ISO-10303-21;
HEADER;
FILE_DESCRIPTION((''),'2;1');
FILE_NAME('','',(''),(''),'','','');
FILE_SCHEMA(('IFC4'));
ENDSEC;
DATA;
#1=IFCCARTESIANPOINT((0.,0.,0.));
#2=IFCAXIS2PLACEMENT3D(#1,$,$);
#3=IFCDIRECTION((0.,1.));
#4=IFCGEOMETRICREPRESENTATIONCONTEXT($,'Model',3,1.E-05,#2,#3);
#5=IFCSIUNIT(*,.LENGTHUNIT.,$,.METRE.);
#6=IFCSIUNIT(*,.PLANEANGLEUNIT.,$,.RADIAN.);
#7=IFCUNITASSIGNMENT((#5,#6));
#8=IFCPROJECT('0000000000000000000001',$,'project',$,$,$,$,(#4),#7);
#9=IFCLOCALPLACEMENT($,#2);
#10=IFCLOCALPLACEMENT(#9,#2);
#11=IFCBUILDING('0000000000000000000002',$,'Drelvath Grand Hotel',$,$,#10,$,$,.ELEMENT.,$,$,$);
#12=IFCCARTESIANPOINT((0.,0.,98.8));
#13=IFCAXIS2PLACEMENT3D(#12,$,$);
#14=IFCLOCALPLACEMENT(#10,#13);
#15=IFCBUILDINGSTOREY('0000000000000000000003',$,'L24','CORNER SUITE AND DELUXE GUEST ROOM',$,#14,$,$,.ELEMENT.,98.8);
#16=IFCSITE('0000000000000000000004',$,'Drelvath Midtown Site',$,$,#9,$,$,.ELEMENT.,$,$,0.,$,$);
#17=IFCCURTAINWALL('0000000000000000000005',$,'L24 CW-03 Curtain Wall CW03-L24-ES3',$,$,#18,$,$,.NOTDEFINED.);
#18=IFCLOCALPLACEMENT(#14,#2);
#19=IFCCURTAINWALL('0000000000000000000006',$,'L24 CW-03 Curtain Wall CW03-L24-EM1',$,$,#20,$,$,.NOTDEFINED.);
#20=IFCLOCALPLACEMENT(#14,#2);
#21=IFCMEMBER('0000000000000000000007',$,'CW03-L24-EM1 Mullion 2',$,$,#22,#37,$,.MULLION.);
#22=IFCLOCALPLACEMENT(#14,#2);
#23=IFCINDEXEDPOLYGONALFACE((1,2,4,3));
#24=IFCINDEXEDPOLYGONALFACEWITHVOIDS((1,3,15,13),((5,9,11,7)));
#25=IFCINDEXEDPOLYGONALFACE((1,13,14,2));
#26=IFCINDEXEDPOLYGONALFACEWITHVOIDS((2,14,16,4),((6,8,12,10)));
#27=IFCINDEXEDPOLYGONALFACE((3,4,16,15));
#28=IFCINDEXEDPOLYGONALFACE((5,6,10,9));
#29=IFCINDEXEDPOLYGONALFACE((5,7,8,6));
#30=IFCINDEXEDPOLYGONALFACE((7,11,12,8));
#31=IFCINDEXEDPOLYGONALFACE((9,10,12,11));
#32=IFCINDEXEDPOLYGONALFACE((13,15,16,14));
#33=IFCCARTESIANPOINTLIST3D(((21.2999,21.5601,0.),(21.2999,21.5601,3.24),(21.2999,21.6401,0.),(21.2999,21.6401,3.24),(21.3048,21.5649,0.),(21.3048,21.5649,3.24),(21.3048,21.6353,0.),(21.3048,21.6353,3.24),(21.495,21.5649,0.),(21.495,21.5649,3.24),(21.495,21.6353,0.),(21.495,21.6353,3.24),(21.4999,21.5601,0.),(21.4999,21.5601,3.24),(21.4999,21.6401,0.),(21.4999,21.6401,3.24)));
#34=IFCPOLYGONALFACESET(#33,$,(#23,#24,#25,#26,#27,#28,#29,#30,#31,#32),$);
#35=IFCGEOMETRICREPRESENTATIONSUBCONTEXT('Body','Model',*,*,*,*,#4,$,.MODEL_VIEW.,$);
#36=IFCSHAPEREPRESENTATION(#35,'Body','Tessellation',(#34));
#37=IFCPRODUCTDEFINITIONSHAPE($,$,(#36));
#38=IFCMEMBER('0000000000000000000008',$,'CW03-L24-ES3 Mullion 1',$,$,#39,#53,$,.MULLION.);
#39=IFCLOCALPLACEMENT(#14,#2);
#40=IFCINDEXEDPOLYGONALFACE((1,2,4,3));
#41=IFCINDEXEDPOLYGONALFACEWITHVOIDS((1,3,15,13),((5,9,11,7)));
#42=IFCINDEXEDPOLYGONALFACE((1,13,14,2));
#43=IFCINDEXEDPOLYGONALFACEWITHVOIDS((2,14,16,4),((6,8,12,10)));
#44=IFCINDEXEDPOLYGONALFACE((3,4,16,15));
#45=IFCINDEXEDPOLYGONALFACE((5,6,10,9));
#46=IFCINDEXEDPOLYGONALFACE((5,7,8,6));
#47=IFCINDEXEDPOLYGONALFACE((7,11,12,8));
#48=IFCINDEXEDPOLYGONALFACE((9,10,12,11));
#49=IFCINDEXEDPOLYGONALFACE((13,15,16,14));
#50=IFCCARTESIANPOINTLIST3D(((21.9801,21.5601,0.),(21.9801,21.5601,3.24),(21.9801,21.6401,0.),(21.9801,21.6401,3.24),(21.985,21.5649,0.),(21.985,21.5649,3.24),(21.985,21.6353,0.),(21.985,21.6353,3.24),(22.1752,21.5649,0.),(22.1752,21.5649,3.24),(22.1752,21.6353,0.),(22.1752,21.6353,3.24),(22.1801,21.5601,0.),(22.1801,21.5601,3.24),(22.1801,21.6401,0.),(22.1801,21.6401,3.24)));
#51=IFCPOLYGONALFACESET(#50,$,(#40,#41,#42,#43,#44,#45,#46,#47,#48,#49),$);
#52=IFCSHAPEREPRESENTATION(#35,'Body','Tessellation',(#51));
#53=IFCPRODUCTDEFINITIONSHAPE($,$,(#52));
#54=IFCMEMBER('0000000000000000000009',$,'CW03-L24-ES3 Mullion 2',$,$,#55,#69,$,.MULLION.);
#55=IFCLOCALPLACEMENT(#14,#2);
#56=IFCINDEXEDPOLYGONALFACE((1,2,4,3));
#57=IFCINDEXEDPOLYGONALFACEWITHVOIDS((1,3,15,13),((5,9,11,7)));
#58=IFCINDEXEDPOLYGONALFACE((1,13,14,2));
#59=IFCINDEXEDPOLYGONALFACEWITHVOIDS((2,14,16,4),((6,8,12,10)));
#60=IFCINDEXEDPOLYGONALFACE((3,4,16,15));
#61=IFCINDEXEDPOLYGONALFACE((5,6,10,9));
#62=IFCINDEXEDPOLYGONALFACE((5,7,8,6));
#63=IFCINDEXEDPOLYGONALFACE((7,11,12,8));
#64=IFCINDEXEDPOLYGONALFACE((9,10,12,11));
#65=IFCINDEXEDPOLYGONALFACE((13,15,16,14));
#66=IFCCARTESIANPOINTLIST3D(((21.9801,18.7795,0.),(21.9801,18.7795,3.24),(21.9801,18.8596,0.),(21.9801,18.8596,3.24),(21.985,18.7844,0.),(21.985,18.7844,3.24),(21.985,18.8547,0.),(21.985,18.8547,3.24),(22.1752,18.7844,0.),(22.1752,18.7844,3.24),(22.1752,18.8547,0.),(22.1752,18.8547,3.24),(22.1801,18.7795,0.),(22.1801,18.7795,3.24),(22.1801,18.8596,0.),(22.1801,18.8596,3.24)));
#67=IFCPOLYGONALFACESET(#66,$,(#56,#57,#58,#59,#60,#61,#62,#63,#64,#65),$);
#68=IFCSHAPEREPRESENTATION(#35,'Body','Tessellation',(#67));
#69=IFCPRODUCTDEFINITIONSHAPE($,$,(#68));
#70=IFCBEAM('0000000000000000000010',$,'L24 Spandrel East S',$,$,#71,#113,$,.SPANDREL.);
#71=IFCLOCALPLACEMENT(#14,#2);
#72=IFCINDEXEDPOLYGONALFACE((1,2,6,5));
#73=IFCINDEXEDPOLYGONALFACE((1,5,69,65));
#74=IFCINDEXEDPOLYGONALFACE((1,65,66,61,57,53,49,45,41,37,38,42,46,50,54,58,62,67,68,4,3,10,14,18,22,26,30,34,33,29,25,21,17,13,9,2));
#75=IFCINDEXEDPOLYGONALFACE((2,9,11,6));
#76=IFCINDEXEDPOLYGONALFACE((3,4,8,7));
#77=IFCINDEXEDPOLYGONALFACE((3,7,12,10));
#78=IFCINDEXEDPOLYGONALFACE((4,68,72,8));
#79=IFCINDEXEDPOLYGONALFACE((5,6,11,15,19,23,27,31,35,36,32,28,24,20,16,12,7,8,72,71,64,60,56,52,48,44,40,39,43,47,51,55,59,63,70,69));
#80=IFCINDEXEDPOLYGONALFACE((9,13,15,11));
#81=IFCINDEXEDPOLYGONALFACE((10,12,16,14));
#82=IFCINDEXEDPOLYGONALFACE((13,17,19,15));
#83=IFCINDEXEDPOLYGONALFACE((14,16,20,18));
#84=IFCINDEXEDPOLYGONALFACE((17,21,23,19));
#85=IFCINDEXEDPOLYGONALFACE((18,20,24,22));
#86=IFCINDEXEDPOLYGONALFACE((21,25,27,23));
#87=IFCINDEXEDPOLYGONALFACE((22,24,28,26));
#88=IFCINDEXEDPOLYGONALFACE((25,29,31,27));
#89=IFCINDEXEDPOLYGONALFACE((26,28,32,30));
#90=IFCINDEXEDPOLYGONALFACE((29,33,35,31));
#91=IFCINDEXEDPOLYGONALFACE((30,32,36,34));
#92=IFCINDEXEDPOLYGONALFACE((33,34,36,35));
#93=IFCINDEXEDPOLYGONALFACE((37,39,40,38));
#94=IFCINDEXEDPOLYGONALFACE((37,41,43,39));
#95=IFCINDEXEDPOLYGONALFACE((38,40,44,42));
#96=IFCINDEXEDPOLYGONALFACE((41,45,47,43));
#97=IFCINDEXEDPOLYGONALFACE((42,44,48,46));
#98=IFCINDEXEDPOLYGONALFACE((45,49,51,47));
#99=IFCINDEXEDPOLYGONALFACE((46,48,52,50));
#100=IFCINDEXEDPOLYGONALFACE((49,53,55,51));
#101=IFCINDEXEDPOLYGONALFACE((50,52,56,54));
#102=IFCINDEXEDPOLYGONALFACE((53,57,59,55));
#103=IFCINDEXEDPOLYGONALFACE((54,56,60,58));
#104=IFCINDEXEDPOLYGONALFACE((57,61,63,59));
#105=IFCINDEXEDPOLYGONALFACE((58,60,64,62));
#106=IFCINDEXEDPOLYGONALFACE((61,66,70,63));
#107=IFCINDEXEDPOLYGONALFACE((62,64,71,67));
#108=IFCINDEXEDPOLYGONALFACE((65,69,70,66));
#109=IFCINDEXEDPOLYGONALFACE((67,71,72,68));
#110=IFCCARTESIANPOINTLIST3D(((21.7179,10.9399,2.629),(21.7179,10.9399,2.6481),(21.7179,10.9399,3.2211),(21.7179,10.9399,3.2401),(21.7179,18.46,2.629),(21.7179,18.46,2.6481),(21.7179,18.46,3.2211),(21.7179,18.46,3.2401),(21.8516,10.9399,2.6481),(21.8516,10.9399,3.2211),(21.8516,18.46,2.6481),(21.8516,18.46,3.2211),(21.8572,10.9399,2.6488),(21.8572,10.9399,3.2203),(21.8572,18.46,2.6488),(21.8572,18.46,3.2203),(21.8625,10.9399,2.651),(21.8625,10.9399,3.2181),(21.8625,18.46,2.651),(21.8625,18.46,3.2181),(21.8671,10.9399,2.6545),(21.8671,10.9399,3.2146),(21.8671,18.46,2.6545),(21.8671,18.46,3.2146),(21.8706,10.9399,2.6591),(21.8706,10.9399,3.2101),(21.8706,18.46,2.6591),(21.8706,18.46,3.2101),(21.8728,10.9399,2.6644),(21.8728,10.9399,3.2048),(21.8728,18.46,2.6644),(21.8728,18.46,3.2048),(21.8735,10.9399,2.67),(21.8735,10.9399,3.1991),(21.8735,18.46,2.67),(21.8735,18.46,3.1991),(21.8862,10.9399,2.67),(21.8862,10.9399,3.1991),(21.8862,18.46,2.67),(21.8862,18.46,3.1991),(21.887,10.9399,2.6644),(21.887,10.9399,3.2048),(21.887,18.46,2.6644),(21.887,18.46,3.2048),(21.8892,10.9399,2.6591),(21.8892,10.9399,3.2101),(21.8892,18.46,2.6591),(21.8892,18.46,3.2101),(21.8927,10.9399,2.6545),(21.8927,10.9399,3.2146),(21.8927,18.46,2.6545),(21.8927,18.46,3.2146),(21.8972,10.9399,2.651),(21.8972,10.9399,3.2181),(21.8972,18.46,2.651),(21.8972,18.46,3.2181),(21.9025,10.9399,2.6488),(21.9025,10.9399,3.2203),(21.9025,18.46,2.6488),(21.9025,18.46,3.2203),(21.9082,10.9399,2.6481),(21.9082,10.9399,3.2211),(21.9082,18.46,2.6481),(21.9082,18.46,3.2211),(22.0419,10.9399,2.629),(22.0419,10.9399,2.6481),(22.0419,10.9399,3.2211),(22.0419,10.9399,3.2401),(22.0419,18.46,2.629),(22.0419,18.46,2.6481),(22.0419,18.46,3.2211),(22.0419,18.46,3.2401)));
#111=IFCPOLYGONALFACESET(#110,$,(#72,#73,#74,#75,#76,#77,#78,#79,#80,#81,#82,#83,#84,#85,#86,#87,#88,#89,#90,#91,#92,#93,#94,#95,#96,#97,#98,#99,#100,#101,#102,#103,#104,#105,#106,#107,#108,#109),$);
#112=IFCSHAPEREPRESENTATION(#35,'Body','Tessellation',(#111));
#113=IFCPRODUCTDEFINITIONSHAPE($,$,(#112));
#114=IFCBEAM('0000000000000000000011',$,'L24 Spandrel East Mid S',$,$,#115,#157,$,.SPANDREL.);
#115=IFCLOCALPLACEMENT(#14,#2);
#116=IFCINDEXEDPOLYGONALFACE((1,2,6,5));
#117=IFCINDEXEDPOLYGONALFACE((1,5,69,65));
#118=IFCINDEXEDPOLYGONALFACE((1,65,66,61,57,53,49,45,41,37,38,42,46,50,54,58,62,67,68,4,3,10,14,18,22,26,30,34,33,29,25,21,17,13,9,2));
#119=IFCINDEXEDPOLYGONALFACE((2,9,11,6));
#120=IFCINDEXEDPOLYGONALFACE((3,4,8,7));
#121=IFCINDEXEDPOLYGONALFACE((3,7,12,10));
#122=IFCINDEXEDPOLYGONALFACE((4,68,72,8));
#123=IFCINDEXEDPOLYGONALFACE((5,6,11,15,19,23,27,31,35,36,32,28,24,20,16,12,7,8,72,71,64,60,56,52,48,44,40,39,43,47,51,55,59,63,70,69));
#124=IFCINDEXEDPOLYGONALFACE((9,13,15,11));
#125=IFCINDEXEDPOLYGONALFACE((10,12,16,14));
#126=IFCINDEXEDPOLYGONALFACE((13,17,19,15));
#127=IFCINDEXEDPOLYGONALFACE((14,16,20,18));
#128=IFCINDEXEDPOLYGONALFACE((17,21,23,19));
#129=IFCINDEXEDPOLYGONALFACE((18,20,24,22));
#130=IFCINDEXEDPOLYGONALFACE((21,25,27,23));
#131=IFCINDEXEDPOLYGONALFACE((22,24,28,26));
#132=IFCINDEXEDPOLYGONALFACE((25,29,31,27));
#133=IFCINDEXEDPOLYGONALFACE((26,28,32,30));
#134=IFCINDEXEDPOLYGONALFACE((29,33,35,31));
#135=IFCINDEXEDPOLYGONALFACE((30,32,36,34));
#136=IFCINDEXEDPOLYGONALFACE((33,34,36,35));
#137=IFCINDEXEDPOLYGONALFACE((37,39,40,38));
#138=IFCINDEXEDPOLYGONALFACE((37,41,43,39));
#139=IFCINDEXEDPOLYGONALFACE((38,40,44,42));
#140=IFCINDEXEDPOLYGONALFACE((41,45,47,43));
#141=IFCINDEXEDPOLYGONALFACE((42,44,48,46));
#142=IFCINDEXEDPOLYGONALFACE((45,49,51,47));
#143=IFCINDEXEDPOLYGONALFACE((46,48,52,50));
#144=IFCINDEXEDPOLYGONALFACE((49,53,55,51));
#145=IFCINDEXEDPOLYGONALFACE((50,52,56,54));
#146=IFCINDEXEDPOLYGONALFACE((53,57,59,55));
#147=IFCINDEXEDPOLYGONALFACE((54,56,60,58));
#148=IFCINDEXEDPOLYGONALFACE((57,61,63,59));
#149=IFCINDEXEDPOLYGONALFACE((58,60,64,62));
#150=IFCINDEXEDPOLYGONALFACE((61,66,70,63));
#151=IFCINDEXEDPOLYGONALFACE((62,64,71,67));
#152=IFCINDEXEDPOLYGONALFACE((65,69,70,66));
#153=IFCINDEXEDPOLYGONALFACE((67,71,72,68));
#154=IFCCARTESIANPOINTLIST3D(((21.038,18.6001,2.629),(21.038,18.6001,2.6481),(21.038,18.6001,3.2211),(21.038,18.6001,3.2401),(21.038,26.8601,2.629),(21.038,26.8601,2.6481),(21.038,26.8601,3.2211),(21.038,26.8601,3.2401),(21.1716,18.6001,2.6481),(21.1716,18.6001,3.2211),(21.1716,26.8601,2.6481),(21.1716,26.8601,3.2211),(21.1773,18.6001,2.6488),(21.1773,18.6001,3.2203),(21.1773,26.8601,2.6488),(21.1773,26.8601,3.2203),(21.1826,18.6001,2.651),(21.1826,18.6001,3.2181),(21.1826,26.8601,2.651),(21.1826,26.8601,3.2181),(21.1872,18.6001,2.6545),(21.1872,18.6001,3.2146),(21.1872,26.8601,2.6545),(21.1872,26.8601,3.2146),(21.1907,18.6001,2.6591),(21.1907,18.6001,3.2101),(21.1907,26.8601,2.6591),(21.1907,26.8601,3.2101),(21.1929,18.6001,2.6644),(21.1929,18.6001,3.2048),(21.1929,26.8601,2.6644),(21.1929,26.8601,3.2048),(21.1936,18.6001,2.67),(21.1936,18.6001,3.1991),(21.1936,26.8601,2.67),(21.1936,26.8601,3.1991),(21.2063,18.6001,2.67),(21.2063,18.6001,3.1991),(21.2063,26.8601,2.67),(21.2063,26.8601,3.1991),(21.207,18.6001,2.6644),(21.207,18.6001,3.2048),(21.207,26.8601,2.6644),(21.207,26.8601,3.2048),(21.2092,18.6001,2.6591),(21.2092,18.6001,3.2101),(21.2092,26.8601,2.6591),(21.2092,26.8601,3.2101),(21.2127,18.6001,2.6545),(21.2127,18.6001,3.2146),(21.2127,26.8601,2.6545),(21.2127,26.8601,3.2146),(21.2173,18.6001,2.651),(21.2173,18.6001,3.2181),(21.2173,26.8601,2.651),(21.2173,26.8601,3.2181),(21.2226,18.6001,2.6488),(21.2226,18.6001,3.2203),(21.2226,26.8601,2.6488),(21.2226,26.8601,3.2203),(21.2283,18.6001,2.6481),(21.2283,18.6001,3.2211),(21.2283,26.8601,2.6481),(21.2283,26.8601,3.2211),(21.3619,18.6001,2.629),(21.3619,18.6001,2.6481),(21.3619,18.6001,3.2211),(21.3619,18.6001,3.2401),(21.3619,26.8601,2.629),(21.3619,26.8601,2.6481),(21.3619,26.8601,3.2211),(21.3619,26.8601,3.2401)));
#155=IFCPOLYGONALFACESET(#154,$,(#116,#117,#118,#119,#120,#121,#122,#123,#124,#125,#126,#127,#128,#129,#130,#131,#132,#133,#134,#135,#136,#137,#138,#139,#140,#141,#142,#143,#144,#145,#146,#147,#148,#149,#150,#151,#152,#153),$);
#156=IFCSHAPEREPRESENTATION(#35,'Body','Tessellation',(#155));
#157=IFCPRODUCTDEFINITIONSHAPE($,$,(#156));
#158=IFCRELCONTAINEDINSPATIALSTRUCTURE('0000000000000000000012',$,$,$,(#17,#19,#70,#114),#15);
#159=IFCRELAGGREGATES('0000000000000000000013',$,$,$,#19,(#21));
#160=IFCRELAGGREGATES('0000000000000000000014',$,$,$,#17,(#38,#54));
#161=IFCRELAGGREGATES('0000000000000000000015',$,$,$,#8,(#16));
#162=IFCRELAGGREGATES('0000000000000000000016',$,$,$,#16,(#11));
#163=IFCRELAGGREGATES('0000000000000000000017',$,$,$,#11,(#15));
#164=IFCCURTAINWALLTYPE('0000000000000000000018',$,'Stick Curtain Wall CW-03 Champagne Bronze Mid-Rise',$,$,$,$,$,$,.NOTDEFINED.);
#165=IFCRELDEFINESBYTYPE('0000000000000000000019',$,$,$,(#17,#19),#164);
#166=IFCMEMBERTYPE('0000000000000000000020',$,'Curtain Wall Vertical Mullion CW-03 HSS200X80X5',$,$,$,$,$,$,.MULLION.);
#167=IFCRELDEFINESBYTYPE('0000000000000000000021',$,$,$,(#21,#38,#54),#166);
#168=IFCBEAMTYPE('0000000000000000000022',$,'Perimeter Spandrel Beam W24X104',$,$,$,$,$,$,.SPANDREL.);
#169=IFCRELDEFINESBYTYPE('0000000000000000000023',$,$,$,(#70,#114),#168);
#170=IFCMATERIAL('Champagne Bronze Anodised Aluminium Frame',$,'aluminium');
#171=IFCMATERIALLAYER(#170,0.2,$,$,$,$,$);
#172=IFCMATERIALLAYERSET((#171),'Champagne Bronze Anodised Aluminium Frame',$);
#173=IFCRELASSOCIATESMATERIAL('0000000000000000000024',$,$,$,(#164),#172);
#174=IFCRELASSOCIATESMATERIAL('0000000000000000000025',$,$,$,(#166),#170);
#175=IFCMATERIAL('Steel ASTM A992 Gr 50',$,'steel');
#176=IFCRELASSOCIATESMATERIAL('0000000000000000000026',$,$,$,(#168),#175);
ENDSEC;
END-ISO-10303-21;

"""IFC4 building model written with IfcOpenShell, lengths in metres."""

from ifc_helpers import new_model, si_unit, direction, frame, origin, origin_2d, place, context, subcontext, project, spatial, hollow_rectangle, i_section, extrude, material, layer, layer_set, material_profile, profile_set, type_object, element, aggregate, save


model = new_model("IFC4")

# Units and contexts
model_context = context("Model", 3, precision=1e-05, world=origin(), true_north=direction((0.0, 1.0)))
body_context = subcontext(model_context, "Body", "Model", "MODEL_VIEW")
ifc_project = project(units=[si_unit("LENGTHUNIT", "METRE"), si_unit("PLANEANGLEUNIT", "RADIAN")], contexts=[model_context])

# Site, building, storey
site_placement = place(None, origin())
site = spatial("IfcSite", under=ifc_project, at=site_placement, Name="Drelvath Midtown Site", CompositionType="ELEMENT", RefElevation=0.0)
building_placement = place(site_placement, origin())
building = spatial("IfcBuilding", under=site, at=building_placement, Name="Drelvath Grand Hotel", CompositionType="ELEMENT")
storey_placement = place(building_placement, frame((0.0, 0.0, 98.8)))
storey = spatial("IfcBuildingStorey", under=building, at=storey_placement, Name="L24", Description="CORNER SUITE AND DELUXE GUEST ROOM", CompositionType="ELEMENT", Elevation=98.8)

# Shared definitions
ifc_material_1 = material(Name="Steel ASTM A992 Gr 50", Category="steel")

# Curtain walls, member
ifc_material_2 = material(Name="Champagne Bronze Anodised Aluminium Frame", Category="aluminium")
ifc_layer_1 = layer(ifc_material_2, 0.2)
ifc_layer_set_1 = layer_set([ifc_layer_1], Name="Champagne Bronze Anodised Aluminium Frame")
curtain_wall_type = type_object("IfcCurtainWallType", Name="Stick Curtain Wall CW-03 Champagne Bronze Mid-Rise", PredefinedType="NOTDEFINED", material=ifc_layer_set_1)
curtain_wall_1_placement = place(storey_placement, origin())
curtain_wall_1 = element("IfcCurtainWall", 1, at=curtain_wall_1_placement, inside=storey, type_object=curtain_wall_type, Name="L24 CW-03 Curtain Wall CW03-L24-ES3", PredefinedType="NOTDEFINED")
curtain_wall_2_placement = place(storey_placement, origin())
curtain_wall_2 = element("IfcCurtainWall", 2, at=curtain_wall_2_placement, inside=storey, type_object=curtain_wall_type, Name="L24 CW-03 Curtain Wall CW03-L24-EM1", PredefinedType="NOTDEFINED")
ifc_material_profile_1 = material_profile(ifc_material_2, hollow_rectangle(XDim=0.0801, YDim=0.2, WallThickness=0.0049, at=origin_2d()), Name="HSS200X80X5")
ifc_profile_set_1 = profile_set([ifc_material_profile_1], Name="Champagne Bronze Anodised Aluminium Frame")
member_type_1 = type_object("IfcMemberType", Name="Curtain Wall Vertical Mullion CW-03 HSS200X80X5", PredefinedType="MULLION", material=ifc_profile_set_1)
member_1_placement = place(storey_placement, frame((21.3999, 21.6001, 0.0), z_axis=(0.0, 0.0, 1.0), x_axis=(0.0, 1.0, 0.0)))
member_1 = element("IfcMember", 3, at=member_1_placement, type_object=member_type_1, Name="CW03-L24-EM1 Mullion 2", PredefinedType="MULLION", context=body_context, shape_type="SweptSolid", body=[
    extrude(hollow_rectangle(XDim=0.0801, YDim=0.2, WallThickness=0.0049, at=origin_2d()), origin(), (0.0, 0.0, 1.0), 3.24),
])

# Members
member_2_placement = place(storey_placement, frame((22.0801, 21.6001, 0.0), z_axis=(0.0, 0.0, 1.0), x_axis=(0.0, 1.0, 0.0)))
member_2 = element("IfcMember", 4, at=member_2_placement, type_object=member_type_1, Name="CW03-L24-ES3 Mullion 1", PredefinedType="MULLION", context=body_context, shape_type="SweptSolid", body=[
    extrude(hollow_rectangle(XDim=0.0801, YDim=0.2, WallThickness=0.0049, at=origin_2d()), origin(), (0.0, 0.0, 1.0), 3.24),
])
member_3_placement = place(storey_placement, frame((22.0801, 18.8196, 0.0), z_axis=(0.0, 0.0, 1.0), x_axis=(0.0, 1.0, 0.0)))
member_3 = element("IfcMember", 5, at=member_3_placement, type_object=member_type_1, Name="CW03-L24-ES3 Mullion 2", PredefinedType="MULLION", context=body_context, shape_type="SweptSolid", body=[
    extrude(hollow_rectangle(XDim=0.0801, YDim=0.2, WallThickness=0.0049, at=origin_2d()), origin(), (0.0, 0.0, 1.0), 3.24),
])

# Beams
ifc_material_profile_2 = material_profile(ifc_material_1, i_section(OverallWidth=0.324, OverallDepth=0.6111, WebThickness=0.0127, FlangeThickness=0.019, FilletRadius=0.022, at=origin_2d()), Name="W24X104")
ifc_profile_set_2 = profile_set([ifc_material_profile_2], Name="Steel ASTM A992 Gr 50")
beam_type_1 = type_object("IfcBeamType", Name="Perimeter Spandrel Beam W24X104", PredefinedType="SPANDREL", material=ifc_profile_set_2)
beam_1_placement = place(storey_placement, frame((21.8799, 10.9399, 2.9346), z_axis=(0.0, 1.0, 0.0), x_axis=(-1.0, 0.0, 0.0)))
element("IfcBeam", 6, at=beam_1_placement, inside=storey, type_object=beam_type_1, Name="L24 Spandrel East S", PredefinedType="SPANDREL", context=body_context, shape_type="SweptSolid", body=[
    extrude(i_section(OverallWidth=0.324, OverallDepth=0.6111, WebThickness=0.0127, FlangeThickness=0.019, FilletRadius=0.022, at=origin_2d()), origin(), (0.0, 0.0, 1.0), 7.52),
])
beam_2_placement = place(storey_placement, frame((21.2, 18.6001, 2.9346), z_axis=(0.0, 1.0, 0.0), x_axis=(-1.0, 0.0, 0.0)))
element("IfcBeam", 7, at=beam_2_placement, inside=storey, type_object=beam_type_1, Name="L24 Spandrel East Mid S", PredefinedType="SPANDREL", context=body_context, shape_type="SweptSolid", body=[
    extrude(i_section(OverallWidth=0.324, OverallDepth=0.6111, WebThickness=0.0127, FlangeThickness=0.019, FilletRadius=0.022, at=origin_2d()), origin(), (0.0, 0.0, 1.0), 8.26),
])

aggregate(curtain_wall_2, [member_1])
aggregate(curtain_wall_1, [member_2, member_3])

save(model, "model.ifc")
